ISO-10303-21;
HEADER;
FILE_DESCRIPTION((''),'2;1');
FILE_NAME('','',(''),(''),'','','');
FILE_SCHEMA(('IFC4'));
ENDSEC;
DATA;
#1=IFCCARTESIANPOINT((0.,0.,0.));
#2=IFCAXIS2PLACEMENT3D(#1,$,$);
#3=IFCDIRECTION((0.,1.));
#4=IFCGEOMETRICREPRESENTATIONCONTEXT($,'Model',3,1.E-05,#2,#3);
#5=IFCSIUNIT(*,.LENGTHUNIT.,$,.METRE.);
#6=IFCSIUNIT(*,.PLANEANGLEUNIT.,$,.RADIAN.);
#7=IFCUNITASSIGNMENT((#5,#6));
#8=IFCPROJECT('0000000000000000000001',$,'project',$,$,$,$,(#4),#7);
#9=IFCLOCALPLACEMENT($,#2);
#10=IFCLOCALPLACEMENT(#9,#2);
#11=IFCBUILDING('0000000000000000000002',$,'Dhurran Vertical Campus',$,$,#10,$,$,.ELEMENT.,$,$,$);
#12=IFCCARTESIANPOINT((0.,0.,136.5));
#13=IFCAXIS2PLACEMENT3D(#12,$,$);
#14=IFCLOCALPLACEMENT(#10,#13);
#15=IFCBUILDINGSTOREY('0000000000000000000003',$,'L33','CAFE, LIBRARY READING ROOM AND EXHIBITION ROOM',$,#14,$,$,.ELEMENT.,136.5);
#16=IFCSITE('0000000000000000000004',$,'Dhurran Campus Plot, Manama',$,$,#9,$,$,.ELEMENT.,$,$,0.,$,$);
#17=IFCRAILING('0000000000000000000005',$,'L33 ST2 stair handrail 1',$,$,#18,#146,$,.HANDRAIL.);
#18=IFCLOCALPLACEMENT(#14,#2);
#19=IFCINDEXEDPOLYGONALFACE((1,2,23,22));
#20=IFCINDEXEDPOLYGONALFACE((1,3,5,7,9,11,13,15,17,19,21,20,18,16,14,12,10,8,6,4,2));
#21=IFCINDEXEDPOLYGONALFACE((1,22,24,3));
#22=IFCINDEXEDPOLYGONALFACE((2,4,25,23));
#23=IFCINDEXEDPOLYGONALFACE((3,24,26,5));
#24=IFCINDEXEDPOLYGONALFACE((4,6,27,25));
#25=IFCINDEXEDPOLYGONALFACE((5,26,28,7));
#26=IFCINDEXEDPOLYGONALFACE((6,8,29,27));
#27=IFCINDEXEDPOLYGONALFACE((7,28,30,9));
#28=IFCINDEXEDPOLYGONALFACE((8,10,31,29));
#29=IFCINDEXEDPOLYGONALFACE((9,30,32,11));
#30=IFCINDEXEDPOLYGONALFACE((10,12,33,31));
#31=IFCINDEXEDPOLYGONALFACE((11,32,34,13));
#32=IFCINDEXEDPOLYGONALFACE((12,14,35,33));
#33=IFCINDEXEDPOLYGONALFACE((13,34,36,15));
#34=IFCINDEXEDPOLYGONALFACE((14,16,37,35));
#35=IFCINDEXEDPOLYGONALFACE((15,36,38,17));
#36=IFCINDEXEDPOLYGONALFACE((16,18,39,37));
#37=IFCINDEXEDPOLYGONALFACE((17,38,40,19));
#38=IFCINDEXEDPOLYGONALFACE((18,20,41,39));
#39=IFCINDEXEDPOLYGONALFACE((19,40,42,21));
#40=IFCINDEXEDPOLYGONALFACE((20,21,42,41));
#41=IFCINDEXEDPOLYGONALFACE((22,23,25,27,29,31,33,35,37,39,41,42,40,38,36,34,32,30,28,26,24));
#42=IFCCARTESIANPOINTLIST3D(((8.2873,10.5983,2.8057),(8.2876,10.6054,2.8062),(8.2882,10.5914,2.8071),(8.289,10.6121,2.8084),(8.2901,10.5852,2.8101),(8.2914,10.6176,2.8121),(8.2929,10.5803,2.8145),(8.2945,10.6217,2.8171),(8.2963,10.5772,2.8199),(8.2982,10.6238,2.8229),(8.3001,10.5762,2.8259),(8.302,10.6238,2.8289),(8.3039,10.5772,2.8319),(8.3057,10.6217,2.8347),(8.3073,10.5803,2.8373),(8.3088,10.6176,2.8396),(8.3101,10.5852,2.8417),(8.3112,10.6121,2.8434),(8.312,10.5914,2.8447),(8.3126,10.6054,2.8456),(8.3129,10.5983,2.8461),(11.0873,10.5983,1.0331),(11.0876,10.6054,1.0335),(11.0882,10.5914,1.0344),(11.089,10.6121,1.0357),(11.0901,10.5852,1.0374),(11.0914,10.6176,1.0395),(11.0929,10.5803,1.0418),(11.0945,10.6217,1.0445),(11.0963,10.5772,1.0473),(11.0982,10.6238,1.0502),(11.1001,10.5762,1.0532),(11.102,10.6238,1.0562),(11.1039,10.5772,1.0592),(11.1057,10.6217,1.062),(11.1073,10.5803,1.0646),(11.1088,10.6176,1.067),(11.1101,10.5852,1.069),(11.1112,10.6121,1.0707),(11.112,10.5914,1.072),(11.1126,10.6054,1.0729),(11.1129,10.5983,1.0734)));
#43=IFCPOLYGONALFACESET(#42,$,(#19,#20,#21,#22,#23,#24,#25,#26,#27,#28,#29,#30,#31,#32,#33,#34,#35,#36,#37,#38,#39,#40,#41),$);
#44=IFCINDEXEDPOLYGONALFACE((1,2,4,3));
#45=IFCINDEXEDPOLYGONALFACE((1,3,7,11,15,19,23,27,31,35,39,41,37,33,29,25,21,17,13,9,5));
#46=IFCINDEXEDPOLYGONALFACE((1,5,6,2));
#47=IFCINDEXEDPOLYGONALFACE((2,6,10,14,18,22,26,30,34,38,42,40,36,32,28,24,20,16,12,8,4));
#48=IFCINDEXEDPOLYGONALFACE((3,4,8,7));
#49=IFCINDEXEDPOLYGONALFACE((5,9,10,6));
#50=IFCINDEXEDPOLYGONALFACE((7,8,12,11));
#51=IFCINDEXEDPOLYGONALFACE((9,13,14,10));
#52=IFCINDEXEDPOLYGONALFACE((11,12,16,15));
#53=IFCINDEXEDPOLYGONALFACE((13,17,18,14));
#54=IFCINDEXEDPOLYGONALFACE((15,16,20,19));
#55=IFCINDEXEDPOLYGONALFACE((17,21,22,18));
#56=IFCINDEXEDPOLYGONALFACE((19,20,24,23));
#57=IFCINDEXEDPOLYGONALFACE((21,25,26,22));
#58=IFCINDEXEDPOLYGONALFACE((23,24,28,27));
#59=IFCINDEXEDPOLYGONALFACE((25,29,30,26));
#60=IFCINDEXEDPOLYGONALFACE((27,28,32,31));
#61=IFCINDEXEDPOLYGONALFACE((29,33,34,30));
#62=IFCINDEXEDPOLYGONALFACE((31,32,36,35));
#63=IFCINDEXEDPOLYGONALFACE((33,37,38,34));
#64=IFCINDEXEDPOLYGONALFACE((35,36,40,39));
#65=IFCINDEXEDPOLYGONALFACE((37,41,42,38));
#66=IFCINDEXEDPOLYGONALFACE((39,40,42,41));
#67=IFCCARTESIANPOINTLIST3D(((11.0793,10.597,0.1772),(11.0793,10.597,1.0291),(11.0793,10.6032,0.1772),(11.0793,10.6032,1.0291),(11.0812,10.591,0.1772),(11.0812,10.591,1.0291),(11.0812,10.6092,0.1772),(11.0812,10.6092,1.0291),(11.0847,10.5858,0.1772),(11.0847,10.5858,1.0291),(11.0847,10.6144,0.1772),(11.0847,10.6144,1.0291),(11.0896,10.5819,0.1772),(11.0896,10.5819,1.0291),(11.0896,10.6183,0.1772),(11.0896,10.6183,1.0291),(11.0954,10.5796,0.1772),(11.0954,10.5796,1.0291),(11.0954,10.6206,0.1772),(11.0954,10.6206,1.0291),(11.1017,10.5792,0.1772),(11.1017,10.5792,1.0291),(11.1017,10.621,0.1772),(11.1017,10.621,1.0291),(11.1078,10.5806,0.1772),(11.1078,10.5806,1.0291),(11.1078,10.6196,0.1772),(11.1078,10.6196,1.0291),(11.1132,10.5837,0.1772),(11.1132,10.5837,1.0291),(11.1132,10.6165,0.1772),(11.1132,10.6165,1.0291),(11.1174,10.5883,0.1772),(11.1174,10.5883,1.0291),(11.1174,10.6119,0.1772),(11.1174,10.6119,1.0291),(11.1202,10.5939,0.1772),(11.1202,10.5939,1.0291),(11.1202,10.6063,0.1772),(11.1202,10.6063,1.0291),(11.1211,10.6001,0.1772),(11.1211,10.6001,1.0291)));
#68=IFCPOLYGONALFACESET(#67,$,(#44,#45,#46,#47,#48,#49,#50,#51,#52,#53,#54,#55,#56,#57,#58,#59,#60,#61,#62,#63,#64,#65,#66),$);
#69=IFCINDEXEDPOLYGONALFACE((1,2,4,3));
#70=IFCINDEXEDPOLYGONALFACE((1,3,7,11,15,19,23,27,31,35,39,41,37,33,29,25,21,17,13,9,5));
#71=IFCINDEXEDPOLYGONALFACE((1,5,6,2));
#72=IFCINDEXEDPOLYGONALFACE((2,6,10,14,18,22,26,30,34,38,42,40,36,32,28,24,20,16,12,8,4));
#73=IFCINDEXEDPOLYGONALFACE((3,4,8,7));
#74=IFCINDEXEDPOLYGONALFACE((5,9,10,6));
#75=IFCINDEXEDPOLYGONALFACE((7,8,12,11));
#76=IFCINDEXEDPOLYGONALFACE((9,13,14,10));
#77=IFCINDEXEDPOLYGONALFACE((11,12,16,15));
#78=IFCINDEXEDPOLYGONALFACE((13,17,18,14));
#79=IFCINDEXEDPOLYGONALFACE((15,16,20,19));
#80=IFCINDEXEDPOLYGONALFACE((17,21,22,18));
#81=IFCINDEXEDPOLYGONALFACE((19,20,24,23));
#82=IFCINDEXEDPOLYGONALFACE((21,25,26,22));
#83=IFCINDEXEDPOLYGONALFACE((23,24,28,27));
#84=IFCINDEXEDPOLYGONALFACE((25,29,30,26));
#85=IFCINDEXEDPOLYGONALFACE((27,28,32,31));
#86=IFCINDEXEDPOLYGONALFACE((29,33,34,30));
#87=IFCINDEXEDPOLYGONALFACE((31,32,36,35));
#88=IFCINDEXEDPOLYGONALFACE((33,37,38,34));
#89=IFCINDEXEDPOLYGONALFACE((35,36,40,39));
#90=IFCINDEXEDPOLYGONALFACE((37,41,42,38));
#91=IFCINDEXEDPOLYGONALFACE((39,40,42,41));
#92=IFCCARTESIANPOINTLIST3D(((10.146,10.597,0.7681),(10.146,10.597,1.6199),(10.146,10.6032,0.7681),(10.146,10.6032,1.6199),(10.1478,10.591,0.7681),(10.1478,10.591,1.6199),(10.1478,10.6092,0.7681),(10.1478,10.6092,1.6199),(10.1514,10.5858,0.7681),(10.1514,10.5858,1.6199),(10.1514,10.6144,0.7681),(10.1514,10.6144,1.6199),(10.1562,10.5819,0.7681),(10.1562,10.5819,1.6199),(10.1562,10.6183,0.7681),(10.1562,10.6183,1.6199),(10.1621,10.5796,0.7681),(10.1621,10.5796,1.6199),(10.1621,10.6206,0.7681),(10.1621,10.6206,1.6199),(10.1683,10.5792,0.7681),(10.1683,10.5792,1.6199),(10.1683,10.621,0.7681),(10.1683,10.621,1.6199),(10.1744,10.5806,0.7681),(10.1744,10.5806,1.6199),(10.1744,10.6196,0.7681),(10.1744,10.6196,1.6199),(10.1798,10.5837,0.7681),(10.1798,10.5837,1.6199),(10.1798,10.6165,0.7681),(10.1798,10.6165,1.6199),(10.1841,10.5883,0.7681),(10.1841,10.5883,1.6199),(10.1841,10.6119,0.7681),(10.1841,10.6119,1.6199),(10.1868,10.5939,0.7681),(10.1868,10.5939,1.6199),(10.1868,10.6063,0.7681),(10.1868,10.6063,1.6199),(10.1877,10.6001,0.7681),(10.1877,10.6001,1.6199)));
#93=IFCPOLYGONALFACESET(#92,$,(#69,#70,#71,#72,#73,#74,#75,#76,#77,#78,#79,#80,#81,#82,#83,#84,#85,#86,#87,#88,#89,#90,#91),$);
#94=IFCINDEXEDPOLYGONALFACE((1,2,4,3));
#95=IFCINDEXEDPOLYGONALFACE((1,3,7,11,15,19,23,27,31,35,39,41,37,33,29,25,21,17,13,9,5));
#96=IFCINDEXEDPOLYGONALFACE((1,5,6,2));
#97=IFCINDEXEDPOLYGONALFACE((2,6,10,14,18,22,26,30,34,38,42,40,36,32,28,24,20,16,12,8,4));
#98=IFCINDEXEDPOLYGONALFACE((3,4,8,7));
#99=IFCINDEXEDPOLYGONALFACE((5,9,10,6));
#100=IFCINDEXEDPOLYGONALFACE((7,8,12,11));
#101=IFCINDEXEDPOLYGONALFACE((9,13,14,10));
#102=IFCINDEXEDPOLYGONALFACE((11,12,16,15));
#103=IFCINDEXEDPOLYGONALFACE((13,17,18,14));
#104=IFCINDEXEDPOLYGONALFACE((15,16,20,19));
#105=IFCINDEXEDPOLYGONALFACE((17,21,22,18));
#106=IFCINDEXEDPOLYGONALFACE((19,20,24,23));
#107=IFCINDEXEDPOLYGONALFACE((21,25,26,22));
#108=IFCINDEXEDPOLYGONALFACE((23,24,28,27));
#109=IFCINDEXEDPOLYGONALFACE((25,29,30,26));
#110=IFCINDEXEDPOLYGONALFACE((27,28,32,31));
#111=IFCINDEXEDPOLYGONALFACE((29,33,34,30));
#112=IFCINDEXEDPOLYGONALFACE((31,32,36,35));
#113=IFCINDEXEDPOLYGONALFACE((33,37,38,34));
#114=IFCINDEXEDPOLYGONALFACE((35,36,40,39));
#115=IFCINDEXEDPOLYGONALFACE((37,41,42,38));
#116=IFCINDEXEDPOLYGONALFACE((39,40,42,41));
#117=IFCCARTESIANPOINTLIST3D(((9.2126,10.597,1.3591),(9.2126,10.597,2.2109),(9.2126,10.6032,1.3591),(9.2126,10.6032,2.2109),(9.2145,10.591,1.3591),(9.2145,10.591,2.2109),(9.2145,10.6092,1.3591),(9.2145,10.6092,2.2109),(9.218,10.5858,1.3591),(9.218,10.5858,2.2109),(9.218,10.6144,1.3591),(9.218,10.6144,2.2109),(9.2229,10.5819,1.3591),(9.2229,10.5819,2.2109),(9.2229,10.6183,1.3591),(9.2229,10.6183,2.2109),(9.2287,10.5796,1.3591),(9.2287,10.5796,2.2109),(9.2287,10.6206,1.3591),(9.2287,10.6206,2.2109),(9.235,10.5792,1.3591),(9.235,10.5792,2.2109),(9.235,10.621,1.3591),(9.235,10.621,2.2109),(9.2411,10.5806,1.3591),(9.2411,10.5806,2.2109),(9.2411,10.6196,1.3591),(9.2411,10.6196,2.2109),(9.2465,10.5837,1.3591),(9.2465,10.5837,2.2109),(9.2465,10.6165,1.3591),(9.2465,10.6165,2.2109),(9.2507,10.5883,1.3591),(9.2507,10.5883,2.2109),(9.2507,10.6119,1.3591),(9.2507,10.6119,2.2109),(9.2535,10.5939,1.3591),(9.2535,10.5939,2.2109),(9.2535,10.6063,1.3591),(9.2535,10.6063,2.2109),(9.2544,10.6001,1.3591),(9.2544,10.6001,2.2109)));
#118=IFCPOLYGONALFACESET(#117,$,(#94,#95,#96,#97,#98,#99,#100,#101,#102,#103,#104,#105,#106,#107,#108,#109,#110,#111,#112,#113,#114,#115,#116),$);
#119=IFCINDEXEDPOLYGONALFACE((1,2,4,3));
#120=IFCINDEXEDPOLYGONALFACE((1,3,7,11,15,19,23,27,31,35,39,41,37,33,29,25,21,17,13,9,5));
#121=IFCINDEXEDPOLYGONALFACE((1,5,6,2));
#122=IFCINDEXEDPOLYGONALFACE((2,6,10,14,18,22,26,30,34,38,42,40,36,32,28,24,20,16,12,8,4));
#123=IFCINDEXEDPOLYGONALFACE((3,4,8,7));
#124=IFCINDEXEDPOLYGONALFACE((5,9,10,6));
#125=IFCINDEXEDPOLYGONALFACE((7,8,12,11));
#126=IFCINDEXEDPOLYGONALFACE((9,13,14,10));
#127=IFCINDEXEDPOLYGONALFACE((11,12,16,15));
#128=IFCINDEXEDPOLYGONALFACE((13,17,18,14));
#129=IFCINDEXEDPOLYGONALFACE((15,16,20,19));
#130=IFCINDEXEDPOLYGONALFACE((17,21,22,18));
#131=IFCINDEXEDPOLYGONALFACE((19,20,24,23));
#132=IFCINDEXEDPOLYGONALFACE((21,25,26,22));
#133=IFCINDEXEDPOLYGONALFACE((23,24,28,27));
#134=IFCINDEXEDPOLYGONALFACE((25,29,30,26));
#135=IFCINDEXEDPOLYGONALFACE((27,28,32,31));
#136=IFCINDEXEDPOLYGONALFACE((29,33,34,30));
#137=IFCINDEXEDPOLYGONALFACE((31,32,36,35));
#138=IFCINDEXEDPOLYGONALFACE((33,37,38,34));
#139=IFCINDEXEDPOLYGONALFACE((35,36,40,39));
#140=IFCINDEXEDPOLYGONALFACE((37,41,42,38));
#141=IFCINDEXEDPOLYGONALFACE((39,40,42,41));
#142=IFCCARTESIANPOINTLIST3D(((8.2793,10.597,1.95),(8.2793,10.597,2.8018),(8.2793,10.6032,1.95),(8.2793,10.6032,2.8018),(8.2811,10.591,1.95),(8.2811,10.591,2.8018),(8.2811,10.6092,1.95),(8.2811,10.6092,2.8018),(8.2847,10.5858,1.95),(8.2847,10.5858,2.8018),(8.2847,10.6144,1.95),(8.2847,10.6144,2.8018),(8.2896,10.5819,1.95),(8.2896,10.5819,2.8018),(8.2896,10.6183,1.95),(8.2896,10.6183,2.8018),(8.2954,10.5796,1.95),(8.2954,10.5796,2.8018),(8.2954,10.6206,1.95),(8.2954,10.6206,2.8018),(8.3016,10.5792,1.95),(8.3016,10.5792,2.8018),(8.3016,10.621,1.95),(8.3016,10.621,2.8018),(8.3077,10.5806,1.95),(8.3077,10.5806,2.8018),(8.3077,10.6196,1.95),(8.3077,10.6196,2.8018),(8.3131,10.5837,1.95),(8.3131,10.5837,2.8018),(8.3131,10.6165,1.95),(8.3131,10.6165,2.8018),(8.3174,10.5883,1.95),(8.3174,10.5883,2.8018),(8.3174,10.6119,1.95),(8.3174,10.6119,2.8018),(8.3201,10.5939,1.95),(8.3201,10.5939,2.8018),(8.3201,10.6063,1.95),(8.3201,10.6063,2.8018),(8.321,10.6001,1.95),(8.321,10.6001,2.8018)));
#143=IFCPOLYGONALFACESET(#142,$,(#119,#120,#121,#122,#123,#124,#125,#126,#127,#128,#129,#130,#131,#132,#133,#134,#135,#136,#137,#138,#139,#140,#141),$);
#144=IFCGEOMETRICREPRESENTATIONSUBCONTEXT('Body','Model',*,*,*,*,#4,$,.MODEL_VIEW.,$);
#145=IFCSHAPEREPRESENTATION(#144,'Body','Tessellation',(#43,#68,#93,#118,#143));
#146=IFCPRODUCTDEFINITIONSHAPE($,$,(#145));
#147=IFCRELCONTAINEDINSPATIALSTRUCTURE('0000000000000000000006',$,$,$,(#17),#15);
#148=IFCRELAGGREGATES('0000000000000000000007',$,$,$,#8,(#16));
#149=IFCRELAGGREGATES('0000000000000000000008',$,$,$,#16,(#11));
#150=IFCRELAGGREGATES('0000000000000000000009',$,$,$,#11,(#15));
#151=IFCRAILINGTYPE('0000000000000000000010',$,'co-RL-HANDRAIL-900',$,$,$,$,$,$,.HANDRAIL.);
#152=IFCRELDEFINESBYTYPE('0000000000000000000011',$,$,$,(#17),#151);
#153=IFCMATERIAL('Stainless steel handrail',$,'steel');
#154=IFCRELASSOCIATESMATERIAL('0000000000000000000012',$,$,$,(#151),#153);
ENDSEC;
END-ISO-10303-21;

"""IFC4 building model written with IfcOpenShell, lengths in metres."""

from ifc_helpers import new_model, si_unit, direction, frame, origin, origin_2d, place, context, subcontext, project, spatial, circle, extrude, material, type_object, element, save


model = new_model("IFC4")

# Units and contexts
model_context = context("Model", 3, precision=1e-05, world=origin(), true_north=direction((0.0, 1.0)))
body_context = subcontext(model_context, "Body", "Model", "MODEL_VIEW")
ifc_project = project(units=[si_unit("LENGTHUNIT", "METRE"), si_unit("PLANEANGLEUNIT", "RADIAN")], contexts=[model_context])

# Site, building, storey
site_placement = place(None, origin())
site = spatial("IfcSite", under=ifc_project, at=site_placement, Name="Dhurran Campus Plot, Manama", CompositionType="ELEMENT", RefElevation=0.0)
building_placement = place(site_placement, origin())
building = spatial("IfcBuilding", under=site, at=building_placement, Name="Dhurran Vertical Campus", CompositionType="ELEMENT")
storey_placement = place(building_placement, frame((0.0, 0.0, 136.5)))
storey = spatial("IfcBuildingStorey", under=building, at=storey_placement, Name="L33", Description="CAFE, LIBRARY READING ROOM AND EXHIBITION ROOM", CompositionType="ELEMENT", Elevation=136.5)

# Railing
ifc_material_1 = material(Name="Stainless steel handrail", Category="steel")
railing_type_1 = type_object("IfcRailingType", Name="co-RL-HANDRAIL-900", PredefinedType="HANDRAIL", material=ifc_material_1)
railing_1_placement = place(storey_placement, frame((11.1001, 10.6001, 0.1772)))
element("IfcRailing", 1, at=railing_1_placement, inside=storey, type_object=railing_type_1, Name="L33 ST2 stair handrail 1", PredefinedType="HANDRAIL", context=body_context, shape_type="SweptSolid", body=[
    extrude(circle(Radius=0.0239, at=origin_2d()), frame((0.0, 0.0, 0.876), z_axis=(-0.844909, 0.0, 0.53491), x_axis=(0.0, -1.0, 0.0)), (0.0, 0.0, 1.0), 3.314),
    extrude(circle(Radius=0.021, at=origin_2d()), origin(), (0.0, 0.0, 1.0), 0.8518),
    extrude(circle(Radius=0.021, at=origin_2d()), frame((-0.9333, 0.0, 0.5908)), (0.0, 0.0, 1.0), 0.8518),
    extrude(circle(Radius=0.021, at=origin_2d()), frame((-1.8667, 0.0, 1.1819)), (0.0, 0.0, 1.0), 0.8518),
    extrude(circle(Radius=0.021, at=origin_2d()), frame((-2.8, 0.0, 1.7727)), (0.0, 0.0, 1.0), 0.8518),
])

save(model, "model.ifc")
